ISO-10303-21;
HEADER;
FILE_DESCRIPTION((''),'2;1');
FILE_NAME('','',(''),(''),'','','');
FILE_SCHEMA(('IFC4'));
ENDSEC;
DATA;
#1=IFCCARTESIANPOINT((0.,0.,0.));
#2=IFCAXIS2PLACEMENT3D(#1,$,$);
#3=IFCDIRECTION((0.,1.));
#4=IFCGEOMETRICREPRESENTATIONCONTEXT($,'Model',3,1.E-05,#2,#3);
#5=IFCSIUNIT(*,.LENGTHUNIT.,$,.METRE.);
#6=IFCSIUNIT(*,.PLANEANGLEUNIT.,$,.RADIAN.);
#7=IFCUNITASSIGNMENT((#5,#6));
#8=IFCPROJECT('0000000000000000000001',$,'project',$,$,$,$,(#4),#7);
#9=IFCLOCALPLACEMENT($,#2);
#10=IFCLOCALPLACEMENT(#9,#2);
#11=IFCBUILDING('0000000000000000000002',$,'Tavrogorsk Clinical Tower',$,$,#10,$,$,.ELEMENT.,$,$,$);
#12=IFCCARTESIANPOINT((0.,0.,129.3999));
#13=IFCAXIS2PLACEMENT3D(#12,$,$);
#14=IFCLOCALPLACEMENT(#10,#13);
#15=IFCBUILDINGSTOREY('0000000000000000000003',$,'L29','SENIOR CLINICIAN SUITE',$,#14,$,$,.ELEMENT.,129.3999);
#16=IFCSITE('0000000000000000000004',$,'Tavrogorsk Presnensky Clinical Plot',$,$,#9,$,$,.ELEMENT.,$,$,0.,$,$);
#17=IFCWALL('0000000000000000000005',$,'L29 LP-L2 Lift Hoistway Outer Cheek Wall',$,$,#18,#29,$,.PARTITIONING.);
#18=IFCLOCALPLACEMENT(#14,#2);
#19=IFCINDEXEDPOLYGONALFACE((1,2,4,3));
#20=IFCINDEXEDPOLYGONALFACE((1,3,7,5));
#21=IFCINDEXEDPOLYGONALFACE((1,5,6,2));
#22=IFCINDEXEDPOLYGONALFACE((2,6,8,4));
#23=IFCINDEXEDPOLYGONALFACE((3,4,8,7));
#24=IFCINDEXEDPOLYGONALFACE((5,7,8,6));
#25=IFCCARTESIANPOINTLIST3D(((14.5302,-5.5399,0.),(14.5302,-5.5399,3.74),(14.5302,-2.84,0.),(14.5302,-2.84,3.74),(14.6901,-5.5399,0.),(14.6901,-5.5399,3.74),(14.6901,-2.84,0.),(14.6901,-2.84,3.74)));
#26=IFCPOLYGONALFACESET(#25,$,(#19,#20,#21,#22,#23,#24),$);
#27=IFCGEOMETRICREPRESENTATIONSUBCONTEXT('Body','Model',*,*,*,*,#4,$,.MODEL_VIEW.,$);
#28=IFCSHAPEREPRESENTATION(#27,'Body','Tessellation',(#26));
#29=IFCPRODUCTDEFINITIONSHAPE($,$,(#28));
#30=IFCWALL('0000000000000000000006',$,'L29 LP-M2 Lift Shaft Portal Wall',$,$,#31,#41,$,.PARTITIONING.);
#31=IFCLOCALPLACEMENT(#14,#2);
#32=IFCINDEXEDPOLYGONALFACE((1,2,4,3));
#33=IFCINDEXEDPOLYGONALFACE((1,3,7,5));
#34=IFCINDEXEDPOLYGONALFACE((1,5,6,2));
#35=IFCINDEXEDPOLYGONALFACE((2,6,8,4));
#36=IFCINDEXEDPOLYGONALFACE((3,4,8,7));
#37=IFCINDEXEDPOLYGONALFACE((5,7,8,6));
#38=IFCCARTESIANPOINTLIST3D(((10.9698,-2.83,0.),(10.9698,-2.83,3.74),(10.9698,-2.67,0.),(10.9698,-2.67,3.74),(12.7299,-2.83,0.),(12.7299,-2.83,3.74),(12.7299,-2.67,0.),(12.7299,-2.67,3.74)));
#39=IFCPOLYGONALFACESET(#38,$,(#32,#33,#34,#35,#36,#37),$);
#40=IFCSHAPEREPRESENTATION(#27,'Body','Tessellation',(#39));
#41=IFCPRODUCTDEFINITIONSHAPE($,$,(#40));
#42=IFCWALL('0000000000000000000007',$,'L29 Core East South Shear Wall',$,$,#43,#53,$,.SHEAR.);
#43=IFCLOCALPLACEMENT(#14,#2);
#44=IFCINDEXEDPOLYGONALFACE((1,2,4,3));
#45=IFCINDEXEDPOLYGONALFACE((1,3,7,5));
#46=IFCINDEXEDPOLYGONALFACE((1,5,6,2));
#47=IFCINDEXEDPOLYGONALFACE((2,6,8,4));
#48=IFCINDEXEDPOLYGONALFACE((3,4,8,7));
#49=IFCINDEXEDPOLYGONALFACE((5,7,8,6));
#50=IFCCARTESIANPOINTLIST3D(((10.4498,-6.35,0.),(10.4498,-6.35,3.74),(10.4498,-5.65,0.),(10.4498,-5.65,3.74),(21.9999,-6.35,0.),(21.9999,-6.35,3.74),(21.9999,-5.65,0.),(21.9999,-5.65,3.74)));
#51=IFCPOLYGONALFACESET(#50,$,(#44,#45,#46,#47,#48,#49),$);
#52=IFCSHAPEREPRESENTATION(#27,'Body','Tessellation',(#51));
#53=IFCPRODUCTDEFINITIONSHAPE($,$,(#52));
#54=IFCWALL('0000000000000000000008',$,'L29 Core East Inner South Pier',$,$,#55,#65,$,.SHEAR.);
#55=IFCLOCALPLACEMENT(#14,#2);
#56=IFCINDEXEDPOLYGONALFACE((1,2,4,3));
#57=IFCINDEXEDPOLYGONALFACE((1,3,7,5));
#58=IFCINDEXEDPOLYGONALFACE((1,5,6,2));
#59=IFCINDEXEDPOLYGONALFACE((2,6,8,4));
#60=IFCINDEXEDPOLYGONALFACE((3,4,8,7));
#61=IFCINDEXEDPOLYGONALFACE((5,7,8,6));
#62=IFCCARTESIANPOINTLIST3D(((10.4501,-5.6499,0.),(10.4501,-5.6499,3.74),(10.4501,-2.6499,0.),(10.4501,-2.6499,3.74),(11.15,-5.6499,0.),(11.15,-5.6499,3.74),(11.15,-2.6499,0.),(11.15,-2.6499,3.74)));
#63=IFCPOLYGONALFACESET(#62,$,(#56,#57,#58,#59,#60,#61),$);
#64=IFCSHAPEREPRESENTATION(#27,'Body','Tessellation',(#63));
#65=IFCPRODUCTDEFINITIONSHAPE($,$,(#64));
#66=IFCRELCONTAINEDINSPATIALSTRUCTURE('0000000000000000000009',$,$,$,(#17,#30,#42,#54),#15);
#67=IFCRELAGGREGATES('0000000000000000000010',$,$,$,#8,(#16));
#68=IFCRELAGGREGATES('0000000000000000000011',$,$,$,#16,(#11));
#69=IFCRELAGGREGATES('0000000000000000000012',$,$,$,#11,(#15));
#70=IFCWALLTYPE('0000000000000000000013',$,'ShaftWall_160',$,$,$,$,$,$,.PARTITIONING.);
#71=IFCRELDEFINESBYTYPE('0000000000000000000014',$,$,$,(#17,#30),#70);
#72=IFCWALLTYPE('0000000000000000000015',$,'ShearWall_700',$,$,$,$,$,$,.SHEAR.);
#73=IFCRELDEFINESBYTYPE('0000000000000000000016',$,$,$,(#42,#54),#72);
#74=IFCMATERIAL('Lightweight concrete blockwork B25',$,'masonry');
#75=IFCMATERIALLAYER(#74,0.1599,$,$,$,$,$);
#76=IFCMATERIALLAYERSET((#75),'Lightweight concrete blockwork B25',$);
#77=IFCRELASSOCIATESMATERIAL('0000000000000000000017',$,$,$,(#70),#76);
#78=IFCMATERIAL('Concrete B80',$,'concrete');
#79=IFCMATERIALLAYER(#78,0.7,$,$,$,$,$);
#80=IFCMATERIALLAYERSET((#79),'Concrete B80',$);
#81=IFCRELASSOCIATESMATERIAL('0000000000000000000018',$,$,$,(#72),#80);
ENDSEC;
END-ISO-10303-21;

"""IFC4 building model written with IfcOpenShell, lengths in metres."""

from ifc_helpers import new_model, si_unit, direction, frame, frame_2d, origin, place, context, subcontext, project, spatial, rectangle, extrude, material, layer, layer_set, type_object, element, save


model = new_model("IFC4")

# Units and contexts
model_context = context("Model", 3, precision=1e-05, world=origin(), true_north=direction((0.0, 1.0)))
body_context = subcontext(model_context, "Body", "Model", "MODEL_VIEW")
ifc_project = project(units=[si_unit("LENGTHUNIT", "METRE"), si_unit("PLANEANGLEUNIT", "RADIAN")], contexts=[model_context])

# Site, building, storey
site_placement = place(None, origin())
site = spatial("IfcSite", under=ifc_project, at=site_placement, Name="Tavrogorsk Presnensky Clinical Plot", CompositionType="ELEMENT", RefElevation=0.0)
building_placement = place(site_placement, origin())
building = spatial("IfcBuilding", under=site, at=building_placement, Name="Tavrogorsk Clinical Tower", CompositionType="ELEMENT")
storey_placement = place(building_placement, frame((0.0, 0.0, 129.3999)))
storey = spatial("IfcBuildingStorey", under=building, at=storey_placement, Name="L29", Description="SENIOR CLINICIAN SUITE", CompositionType="ELEMENT", Elevation=129.3999)

# Shared definitions
ifc_material_1 = material(Name="Lightweight concrete blockwork B25", Category="masonry")
ifc_layer_1 = layer(ifc_material_1, 0.1599)
ifc_layer_set_1 = layer_set([ifc_layer_1], Name="Lightweight concrete blockwork B25")
wall_type_1 = type_object("IfcWallType", Name="ShaftWall_160", PredefinedType="PARTITIONING", material=ifc_layer_set_1)

# Walls
for number, where, z_axis, x_axis, name in (
    (1, (14.6101, -5.54, 0.0), (0.0, 0.0, 1.0), (0.0, 1.0, 0.0), "L29 LP-L2 Lift Hoistway Outer Cheek Wall"),
):
    element("IfcWall", number, at=place(storey_placement, frame(where, z_axis=z_axis, x_axis=x_axis)), inside=storey, type_object=wall_type_1, Name=name, PredefinedType="PARTITIONING", context=body_context, shape_type="SweptSolid", body=[
        extrude(rectangle(XDim=2.7, YDim=0.1599, at=frame_2d((1.3501, 0.0))), origin(), (0.0, 0.0, 1.0), 3.74),
    ])
wall_1_placement = place(storey_placement, frame((10.97, -2.75, 0.0), z_axis=(0.0, 0.0, 1.0), x_axis=(1.0, 0.0, 0.0)))
element("IfcWall", 2, at=wall_1_placement, inside=storey, type_object=wall_type_1, Name="L29 LP-M2 Lift Shaft Portal Wall", PredefinedType="PARTITIONING", context=body_context, shape_type="SweptSolid", body=[
    extrude(rectangle(XDim=1.76, YDim=0.1599, at=frame_2d((0.8799, 0.0))), origin(), (0.0, 0.0, 1.0), 3.74),
])
ifc_material_2 = material(Name="Concrete B80", Category="concrete")
ifc_layer_2 = layer(ifc_material_2, 0.7)
ifc_layer_set_2 = layer_set([ifc_layer_2], Name="Concrete B80")
wall_type_2 = type_object("IfcWallType", Name="ShearWall_700", PredefinedType="SHEAR", material=ifc_layer_set_2)
wall_2_placement = place(storey_placement, frame((10.45, -6.0, 0.0), z_axis=(0.0, 0.0, 1.0), x_axis=(1.0, 0.0, 0.0)))
element("IfcWall", 3, at=wall_2_placement, inside=storey, type_object=wall_type_2, Name="L29 Core East South Shear Wall", PredefinedType="SHEAR", context=body_context, shape_type="SweptSolid", body=[
    extrude(rectangle(XDim=11.55, YDim=0.7, at=frame_2d((5.7749, 0.0))), origin(), (0.0, 0.0, 1.0), 3.74),
])
wall_3_placement = place(storey_placement, frame((10.8, -5.6499, 0.0), z_axis=(0.0, 0.0, 1.0), x_axis=(0.0, 1.0, 0.0)))
element("IfcWall", 4, at=wall_3_placement, inside=storey, type_object=wall_type_2, Name="L29 Core East Inner South Pier", PredefinedType="SHEAR", context=body_context, shape_type="SweptSolid", body=[
    extrude(rectangle(XDim=3.0, YDim=0.7, at=frame_2d((1.5, 0.0))), origin(), (0.0, 0.0, 1.0), 3.74),
])

save(model, "model.ifc")
